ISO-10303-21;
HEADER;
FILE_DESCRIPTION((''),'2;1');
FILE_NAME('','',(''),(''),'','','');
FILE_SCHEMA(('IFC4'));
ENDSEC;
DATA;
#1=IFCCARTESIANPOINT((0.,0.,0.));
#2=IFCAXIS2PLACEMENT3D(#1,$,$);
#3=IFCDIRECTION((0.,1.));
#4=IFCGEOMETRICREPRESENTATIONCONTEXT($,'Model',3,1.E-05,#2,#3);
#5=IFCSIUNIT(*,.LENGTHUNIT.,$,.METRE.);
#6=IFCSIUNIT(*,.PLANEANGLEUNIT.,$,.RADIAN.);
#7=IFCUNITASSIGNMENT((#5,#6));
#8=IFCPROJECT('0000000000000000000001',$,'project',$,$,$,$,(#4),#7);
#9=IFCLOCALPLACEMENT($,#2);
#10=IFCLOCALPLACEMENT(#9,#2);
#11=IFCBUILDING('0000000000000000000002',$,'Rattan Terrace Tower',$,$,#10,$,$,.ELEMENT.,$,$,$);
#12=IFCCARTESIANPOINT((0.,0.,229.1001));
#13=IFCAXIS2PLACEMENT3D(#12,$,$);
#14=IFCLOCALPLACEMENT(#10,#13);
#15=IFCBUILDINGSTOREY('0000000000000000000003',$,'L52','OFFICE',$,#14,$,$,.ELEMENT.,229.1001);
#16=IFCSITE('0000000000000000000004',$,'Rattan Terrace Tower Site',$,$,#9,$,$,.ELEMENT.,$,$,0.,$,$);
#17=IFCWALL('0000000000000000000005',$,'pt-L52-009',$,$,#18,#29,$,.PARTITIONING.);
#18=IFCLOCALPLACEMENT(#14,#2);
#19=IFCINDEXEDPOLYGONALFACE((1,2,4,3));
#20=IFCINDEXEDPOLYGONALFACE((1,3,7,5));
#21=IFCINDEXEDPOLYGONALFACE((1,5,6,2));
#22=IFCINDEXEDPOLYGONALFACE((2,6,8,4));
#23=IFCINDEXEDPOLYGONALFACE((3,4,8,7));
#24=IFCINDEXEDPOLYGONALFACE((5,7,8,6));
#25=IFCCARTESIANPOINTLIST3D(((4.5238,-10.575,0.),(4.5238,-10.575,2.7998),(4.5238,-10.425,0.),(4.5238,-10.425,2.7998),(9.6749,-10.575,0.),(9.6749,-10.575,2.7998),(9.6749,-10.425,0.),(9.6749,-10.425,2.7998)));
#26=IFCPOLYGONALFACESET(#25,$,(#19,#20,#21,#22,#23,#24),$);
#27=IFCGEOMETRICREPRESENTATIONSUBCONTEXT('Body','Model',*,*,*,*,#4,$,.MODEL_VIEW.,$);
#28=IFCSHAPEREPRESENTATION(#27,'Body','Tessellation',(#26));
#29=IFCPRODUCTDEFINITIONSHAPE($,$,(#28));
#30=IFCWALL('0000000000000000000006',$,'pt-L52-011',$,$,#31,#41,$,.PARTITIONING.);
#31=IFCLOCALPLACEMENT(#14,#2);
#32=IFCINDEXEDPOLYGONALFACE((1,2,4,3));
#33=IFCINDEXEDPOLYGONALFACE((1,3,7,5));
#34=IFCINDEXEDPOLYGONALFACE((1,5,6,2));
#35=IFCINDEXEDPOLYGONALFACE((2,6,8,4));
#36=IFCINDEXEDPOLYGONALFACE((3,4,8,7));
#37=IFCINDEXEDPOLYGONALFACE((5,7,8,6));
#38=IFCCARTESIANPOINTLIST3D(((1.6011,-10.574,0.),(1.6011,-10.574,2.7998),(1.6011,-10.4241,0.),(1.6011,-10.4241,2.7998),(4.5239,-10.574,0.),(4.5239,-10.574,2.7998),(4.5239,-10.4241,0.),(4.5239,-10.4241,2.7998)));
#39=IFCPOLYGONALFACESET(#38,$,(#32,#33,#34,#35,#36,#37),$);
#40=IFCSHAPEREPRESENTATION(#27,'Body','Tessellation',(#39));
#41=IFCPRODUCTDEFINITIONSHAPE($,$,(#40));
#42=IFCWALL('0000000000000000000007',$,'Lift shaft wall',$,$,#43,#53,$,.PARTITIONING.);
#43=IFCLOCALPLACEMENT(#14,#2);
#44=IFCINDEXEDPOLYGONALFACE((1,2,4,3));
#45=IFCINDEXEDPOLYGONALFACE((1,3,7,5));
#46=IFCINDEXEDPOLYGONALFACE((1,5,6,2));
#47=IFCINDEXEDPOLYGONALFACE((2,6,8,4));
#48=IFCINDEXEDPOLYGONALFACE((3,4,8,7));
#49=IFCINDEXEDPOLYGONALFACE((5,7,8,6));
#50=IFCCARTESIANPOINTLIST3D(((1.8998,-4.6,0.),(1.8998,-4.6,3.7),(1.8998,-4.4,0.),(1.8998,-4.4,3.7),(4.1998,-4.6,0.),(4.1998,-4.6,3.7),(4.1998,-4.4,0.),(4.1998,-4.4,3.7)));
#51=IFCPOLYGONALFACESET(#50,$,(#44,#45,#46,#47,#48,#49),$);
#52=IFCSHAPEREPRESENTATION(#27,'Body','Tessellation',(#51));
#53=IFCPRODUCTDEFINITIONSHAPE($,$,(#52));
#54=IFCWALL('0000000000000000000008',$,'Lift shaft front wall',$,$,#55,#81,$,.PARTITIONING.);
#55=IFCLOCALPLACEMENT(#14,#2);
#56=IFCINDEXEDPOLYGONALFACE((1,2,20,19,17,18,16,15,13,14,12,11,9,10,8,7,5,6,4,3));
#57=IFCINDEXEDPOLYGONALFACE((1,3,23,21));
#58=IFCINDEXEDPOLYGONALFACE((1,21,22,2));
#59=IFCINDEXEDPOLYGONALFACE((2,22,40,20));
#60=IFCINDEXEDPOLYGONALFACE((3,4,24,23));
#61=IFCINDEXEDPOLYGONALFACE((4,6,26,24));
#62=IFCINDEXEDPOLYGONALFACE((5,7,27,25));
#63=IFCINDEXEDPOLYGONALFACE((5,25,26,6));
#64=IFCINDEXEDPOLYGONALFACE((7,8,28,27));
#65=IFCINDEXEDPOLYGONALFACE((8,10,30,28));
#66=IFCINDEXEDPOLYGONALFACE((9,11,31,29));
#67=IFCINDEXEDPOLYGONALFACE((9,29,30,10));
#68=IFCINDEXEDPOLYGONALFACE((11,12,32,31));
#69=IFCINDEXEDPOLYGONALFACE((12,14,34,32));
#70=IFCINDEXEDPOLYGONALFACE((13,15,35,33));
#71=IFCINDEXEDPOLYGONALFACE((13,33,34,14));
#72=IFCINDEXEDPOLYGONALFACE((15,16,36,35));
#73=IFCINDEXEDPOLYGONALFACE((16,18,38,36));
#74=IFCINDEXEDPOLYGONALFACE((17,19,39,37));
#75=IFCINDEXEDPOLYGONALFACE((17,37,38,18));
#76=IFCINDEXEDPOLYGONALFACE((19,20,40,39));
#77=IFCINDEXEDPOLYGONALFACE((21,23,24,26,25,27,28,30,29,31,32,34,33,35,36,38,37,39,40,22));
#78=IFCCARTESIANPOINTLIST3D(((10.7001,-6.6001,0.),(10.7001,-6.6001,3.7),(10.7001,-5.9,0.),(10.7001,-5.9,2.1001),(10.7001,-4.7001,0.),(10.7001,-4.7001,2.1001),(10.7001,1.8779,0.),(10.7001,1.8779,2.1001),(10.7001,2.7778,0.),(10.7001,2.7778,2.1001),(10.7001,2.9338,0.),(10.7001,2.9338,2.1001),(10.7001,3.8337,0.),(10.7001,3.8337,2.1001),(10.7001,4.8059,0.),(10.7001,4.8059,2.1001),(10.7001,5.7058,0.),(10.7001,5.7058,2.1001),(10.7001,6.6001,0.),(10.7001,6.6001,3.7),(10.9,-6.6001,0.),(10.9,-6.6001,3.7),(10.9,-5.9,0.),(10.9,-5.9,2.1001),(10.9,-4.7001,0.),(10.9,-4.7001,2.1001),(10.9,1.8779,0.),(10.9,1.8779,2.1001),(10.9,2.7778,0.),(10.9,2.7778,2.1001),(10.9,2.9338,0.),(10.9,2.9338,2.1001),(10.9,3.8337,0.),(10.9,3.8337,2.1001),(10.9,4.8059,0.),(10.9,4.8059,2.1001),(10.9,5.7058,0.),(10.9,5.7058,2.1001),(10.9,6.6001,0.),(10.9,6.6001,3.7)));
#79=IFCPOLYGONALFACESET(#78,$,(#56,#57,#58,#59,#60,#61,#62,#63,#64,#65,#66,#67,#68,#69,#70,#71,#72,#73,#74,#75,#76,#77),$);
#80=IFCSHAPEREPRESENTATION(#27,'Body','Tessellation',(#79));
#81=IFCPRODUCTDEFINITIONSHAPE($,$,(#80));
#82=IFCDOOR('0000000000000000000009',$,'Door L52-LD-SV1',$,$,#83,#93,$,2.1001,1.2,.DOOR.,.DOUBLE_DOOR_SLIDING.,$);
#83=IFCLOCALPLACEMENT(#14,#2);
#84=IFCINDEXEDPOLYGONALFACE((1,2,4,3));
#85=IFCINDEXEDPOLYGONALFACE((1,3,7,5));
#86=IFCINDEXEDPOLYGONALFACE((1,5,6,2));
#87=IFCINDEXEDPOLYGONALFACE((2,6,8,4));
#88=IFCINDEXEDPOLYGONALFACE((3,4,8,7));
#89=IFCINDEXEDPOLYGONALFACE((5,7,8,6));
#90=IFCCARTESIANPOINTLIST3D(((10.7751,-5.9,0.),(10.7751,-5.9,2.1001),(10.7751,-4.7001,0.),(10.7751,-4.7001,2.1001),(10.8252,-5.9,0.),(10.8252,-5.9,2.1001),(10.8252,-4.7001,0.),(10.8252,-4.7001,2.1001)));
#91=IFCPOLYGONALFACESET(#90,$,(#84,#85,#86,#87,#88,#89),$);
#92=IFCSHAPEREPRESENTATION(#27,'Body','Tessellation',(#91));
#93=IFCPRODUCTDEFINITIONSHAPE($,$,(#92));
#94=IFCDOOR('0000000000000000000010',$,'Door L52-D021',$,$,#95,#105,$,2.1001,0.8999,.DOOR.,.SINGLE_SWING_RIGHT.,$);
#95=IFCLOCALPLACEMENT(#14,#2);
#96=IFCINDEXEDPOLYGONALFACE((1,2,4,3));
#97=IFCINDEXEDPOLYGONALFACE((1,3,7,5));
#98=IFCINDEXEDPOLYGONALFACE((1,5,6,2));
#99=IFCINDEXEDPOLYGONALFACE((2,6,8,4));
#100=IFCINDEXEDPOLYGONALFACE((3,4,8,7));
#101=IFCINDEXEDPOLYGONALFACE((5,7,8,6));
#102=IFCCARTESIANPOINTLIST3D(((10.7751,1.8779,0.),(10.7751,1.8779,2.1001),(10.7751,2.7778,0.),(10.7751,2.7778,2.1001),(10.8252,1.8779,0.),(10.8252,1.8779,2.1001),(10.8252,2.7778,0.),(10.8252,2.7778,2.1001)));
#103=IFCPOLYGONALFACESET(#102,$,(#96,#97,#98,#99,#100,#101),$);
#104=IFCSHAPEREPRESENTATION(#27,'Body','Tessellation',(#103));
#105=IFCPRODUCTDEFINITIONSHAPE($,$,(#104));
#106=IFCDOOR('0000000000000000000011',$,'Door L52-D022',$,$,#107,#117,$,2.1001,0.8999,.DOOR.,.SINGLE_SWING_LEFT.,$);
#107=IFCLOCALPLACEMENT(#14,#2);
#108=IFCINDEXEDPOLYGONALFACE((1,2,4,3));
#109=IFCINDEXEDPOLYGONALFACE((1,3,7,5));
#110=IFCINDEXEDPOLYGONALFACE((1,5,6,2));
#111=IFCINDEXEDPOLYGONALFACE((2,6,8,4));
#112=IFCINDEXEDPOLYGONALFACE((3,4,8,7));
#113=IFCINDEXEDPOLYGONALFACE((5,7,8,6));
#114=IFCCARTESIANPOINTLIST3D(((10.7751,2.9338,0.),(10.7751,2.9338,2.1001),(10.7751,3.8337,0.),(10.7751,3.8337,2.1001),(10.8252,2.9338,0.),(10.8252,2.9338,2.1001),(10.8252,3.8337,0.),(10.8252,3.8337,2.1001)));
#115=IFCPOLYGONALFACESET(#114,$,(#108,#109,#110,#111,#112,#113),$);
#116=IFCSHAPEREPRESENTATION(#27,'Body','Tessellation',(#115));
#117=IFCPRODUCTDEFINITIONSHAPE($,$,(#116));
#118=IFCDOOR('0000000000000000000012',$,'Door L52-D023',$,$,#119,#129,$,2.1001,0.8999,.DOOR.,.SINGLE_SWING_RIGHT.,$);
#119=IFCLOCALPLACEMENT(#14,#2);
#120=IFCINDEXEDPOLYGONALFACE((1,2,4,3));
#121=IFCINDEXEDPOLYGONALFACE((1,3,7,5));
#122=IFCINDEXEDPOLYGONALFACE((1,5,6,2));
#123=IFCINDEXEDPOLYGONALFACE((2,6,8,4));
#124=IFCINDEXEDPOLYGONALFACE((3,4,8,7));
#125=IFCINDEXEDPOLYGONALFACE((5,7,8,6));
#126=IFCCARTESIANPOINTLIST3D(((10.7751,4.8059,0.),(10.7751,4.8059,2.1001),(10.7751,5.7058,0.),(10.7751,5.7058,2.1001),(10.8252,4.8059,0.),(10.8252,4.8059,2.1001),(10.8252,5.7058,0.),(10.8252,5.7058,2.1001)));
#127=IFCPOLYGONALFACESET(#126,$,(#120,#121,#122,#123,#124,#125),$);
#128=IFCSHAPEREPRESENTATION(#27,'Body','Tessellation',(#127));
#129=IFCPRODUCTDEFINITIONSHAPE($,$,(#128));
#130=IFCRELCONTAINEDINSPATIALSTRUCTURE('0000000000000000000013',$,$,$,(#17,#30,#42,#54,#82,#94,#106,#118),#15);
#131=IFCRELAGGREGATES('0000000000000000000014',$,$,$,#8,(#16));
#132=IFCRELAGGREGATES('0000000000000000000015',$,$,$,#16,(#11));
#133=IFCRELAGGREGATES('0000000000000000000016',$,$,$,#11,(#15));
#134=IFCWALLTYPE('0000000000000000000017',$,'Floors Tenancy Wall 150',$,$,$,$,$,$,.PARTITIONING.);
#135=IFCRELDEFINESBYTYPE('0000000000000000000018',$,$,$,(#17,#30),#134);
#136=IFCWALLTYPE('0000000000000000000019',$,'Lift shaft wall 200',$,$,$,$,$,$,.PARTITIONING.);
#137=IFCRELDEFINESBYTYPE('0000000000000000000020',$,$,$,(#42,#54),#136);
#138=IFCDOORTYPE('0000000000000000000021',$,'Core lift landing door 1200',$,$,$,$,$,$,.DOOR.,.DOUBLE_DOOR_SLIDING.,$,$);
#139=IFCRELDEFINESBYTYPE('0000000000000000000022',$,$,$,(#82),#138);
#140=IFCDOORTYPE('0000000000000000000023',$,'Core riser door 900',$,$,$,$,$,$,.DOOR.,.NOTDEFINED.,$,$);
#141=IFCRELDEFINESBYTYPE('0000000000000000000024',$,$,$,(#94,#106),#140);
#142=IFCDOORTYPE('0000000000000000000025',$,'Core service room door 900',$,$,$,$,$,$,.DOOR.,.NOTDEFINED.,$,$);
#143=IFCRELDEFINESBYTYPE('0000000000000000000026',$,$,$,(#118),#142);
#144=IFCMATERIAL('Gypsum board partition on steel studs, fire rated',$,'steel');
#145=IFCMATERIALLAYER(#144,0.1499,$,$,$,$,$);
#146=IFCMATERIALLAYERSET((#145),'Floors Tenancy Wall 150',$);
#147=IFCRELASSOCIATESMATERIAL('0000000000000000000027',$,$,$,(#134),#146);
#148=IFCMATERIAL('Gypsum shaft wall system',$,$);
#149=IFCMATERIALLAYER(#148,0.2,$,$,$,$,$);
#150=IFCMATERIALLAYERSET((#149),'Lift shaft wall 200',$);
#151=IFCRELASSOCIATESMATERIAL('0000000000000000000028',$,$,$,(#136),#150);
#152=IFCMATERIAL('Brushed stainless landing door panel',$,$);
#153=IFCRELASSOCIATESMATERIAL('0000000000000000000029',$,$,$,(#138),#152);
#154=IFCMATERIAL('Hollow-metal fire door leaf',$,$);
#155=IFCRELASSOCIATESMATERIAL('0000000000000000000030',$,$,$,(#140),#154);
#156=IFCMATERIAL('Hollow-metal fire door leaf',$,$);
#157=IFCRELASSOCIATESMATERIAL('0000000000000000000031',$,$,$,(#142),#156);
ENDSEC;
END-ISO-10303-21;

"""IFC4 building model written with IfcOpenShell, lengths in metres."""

from ifc_helpers import new_model, si_unit, direction, frame, frame_2d, origin, place, context, subcontext, project, spatial, rectangle, extrude, material, layer, layer_set, type_object, element, fill, save


model = new_model("IFC4")

# Units and contexts
model_context = context("Model", 3, precision=1e-05, world=origin(), true_north=direction((0.0, 1.0)))
body_context = subcontext(model_context, "Body", "Model", "MODEL_VIEW")
ifc_project = project(units=[si_unit("LENGTHUNIT", "METRE"), si_unit("PLANEANGLEUNIT", "RADIAN")], contexts=[model_context])

# Site, building, storey
site_placement = place(None, origin())
site = spatial("IfcSite", under=ifc_project, at=site_placement, Name="Rattan Terrace Tower Site", CompositionType="ELEMENT", RefElevation=0.0)
building_placement = place(site_placement, origin())
building = spatial("IfcBuilding", under=site, at=building_placement, Name="Rattan Terrace Tower", CompositionType="ELEMENT")
storey_placement = place(building_placement, frame((0.0, 0.0, 229.1001)))
storey = spatial("IfcBuildingStorey", under=building, at=storey_placement, Name="L52", Description="OFFICE", CompositionType="ELEMENT", Elevation=229.1001)

# Walls
ifc_material_1 = material(Name="Gypsum board partition on steel studs, fire rated", Category="steel")
ifc_layer_1 = layer(ifc_material_1, 0.1499)
ifc_layer_set_1 = layer_set([ifc_layer_1], Name="Floors Tenancy Wall 150")
wall_type_1 = type_object("IfcWallType", Name="Floors Tenancy Wall 150", PredefinedType="PARTITIONING", material=ifc_layer_set_1)
wall_1_placement = place(storey_placement, frame((9.675, -10.5, 0.0), z_axis=(0.0, 0.0, 1.0), x_axis=(-1.0, 0.0, 0.0)))
element("IfcWall", 1, at=wall_1_placement, inside=storey, type_object=wall_type_1, Name="pt-L52-009", PredefinedType="PARTITIONING", context=body_context, shape_type="SweptSolid", body=[
    extrude(rectangle(XDim=5.1511, YDim=0.1499, at=frame_2d((2.5757, 0.0))), origin(), (0.0, 0.0, 1.0), 2.7998),
])
wall_2_placement = place(storey_placement, frame((4.5239, -10.499, 0.0), z_axis=(0.0, 0.0, 1.0), x_axis=(-1.0, 0.0, 0.0)))
element("IfcWall", 2, at=wall_2_placement, inside=storey, type_object=wall_type_1, Name="pt-L52-011", PredefinedType="PARTITIONING", context=body_context, shape_type="SweptSolid", body=[
    extrude(rectangle(XDim=2.9229, YDim=0.1499, at=frame_2d((1.4614, 0.0))), origin(), (0.0, 0.0, 1.0), 2.7998),
])
ifc_material_2 = material(Name="Gypsum shaft wall system")
ifc_layer_2 = layer(ifc_material_2, 0.2)
ifc_layer_set_2 = layer_set([ifc_layer_2], Name="Lift shaft wall 200")
wall_type_2 = type_object("IfcWallType", Name="Lift shaft wall 200", PredefinedType="PARTITIONING", material=ifc_layer_set_2)
wall_3_placement = place(storey_placement, frame((1.8999, -4.5, 0.0), z_axis=(0.0, 0.0, 1.0), x_axis=(1.0, 0.0, 0.0)))
element("IfcWall", 3, at=wall_3_placement, inside=storey, type_object=wall_type_2, Name="Lift shaft wall", PredefinedType="PARTITIONING", context=body_context, shape_type="SweptSolid", body=[
    extrude(rectangle(XDim=2.3, YDim=0.2, at=frame_2d((1.1499, 0.0))), origin(), (0.0, 0.0, 1.0), 3.7),
])

# Wall, openings, doors
wall_4_placement = place(storey_placement, frame((10.8, -6.6001, 0.0), z_axis=(0.0, 0.0, 1.0), x_axis=(0.0, 1.0, 0.0)))
wall_4 = element("IfcWall", 4, at=wall_4_placement, inside=storey, type_object=wall_type_2, Name="Lift shaft front wall", PredefinedType="PARTITIONING", context=body_context, shape_type="SweptSolid", body=[
    extrude(rectangle(XDim=13.2002, YDim=0.2, at=frame_2d((6.6001, 0.0))), origin(), (0.0, 0.0, 1.0), 3.7),
])
opening_1_placement = place(wall_4_placement, frame((0.7, 0.0, 0.0)))
opening_1 = element("IfcOpeningElement", 5, at=opening_1_placement, cuts=wall_4, PredefinedType="OPENING", context=body_context, shape_type="SweptSolid", body=[
    extrude(rectangle(XDim=1.2, YDim=2.1001, at=frame_2d((0.6001, 1.05))), frame((0.0, 0.1106, 0.0), z_axis=(0.0, -1.0, 0.0), x_axis=(1.0, 0.0, 0.0)), (0.0, 0.0, 1.0), 0.2209),
])
opening_2_placement = place(wall_4_placement, frame((8.478, 0.0, 0.0)))
opening_2 = element("IfcOpeningElement", 6, at=opening_2_placement, cuts=wall_4, PredefinedType="OPENING", context=body_context, shape_type="SweptSolid", body=[
    extrude(rectangle(XDim=0.8999, YDim=2.1001, at=frame_2d((0.45, 1.05))), frame((0.0, 0.1106, 0.0), z_axis=(0.0, -1.0, 0.0), x_axis=(1.0, 0.0, 0.0)), (0.0, 0.0, 1.0), 0.2209),
])
opening_3_placement = place(wall_4_placement, frame((9.5339, 0.0, 0.0)))
opening_3 = element("IfcOpeningElement", 7, at=opening_3_placement, cuts=wall_4, PredefinedType="OPENING", context=body_context, shape_type="SweptSolid", body=[
    extrude(rectangle(XDim=0.8999, YDim=2.1001, at=frame_2d((0.45, 1.05))), frame((0.0, 0.1106, 0.0), z_axis=(0.0, -1.0, 0.0), x_axis=(1.0, 0.0, 0.0)), (0.0, 0.0, 1.0), 0.2209),
])
opening_4_placement = place(wall_4_placement, frame((11.406, 0.0, 0.0)))
opening_4 = element("IfcOpeningElement", 8, at=opening_4_placement, cuts=wall_4, PredefinedType="OPENING", context=body_context, shape_type="SweptSolid", body=[
    extrude(rectangle(XDim=0.8999, YDim=2.1001, at=frame_2d((0.45, 1.05))), frame((0.0, 0.1106, 0.0), z_axis=(0.0, -1.0, 0.0), x_axis=(1.0, 0.0, 0.0)), (0.0, 0.0, 1.0), 0.2209),
])
ifc_material_3 = material(Name="Brushed stainless landing door panel")
door_type_1 = type_object("IfcDoorType", Name="Core lift landing door 1200", OperationType="DOUBLE_DOOR_SLIDING", PredefinedType="DOOR", material=ifc_material_3)
door_1_placement = place(opening_1_placement, origin())
door_1 = element("IfcDoor", 9, at=door_1_placement, inside=storey, type_object=door_type_1, Name="Door L52-LD-SV1", OperationType="DOUBLE_DOOR_SLIDING", OverallHeight=2.1001, OverallWidth=1.2, PredefinedType="DOOR", context=body_context, shape_type="SweptSolid", body=[
    extrude(rectangle(XDim=1.2, YDim=2.1001, at=frame_2d((0.6001, 1.05))), frame((0.0, 0.0249, 0.0), z_axis=(0.0, -1.0, 0.0), x_axis=(1.0, 0.0, 0.0)), (0.0, 0.0, 1.0), 0.05),
])
fill(opening_1, door_1)
ifc_material_4 = material(Name="Hollow-metal fire door leaf")
door_type_2 = type_object("IfcDoorType", Name="Core riser door 900", OperationType="NOTDEFINED", PredefinedType="DOOR", material=ifc_material_4)
door_2_placement = place(opening_2_placement, origin())
door_2 = element("IfcDoor", 10, at=door_2_placement, inside=storey, type_object=door_type_2, Name="Door L52-D021", OperationType="SINGLE_SWING_RIGHT", OverallHeight=2.1001, OverallWidth=0.8999, PredefinedType="DOOR", context=body_context, shape_type="SweptSolid", body=[
    extrude(rectangle(XDim=0.8999, YDim=2.1001, at=frame_2d((0.45, 1.05))), frame((0.0, 0.0249, 0.0), z_axis=(0.0, -1.0, 0.0), x_axis=(1.0, 0.0, 0.0)), (0.0, 0.0, 1.0), 0.05),
])
fill(opening_2, door_2)
door_3_placement = place(opening_3_placement, origin())
door_3 = element("IfcDoor", 11, at=door_3_placement, inside=storey, type_object=door_type_2, Name="Door L52-D022", OperationType="SINGLE_SWING_LEFT", OverallHeight=2.1001, OverallWidth=0.8999, PredefinedType="DOOR", context=body_context, shape_type="SweptSolid", body=[
    extrude(rectangle(XDim=0.8999, YDim=2.1001, at=frame_2d((0.45, 1.05))), frame((0.0, 0.0249, 0.0), z_axis=(0.0, -1.0, 0.0), x_axis=(1.0, 0.0, 0.0)), (0.0, 0.0, 1.0), 0.05),
])
fill(opening_3, door_3)
ifc_material_5 = material(Name="Hollow-metal fire door leaf")
door_type_3 = type_object("IfcDoorType", Name="Core service room door 900", OperationType="NOTDEFINED", PredefinedType="DOOR", material=ifc_material_5)
door_4_placement = place(opening_4_placement, origin())
door_4 = element("IfcDoor", 12, at=door_4_placement, inside=storey, type_object=door_type_3, Name="Door L52-D023", OperationType="SINGLE_SWING_RIGHT", OverallHeight=2.1001, OverallWidth=0.8999, PredefinedType="DOOR", context=body_context, shape_type="SweptSolid", body=[
    extrude(rectangle(XDim=0.8999, YDim=2.1001, at=frame_2d((0.45, 1.05))), frame((0.0, 0.0249, 0.0), z_axis=(0.0, -1.0, 0.0), x_axis=(1.0, 0.0, 0.0)), (0.0, 0.0, 1.0), 0.05),
])
fill(opening_4, door_4)

save(model, "model.ifc")
